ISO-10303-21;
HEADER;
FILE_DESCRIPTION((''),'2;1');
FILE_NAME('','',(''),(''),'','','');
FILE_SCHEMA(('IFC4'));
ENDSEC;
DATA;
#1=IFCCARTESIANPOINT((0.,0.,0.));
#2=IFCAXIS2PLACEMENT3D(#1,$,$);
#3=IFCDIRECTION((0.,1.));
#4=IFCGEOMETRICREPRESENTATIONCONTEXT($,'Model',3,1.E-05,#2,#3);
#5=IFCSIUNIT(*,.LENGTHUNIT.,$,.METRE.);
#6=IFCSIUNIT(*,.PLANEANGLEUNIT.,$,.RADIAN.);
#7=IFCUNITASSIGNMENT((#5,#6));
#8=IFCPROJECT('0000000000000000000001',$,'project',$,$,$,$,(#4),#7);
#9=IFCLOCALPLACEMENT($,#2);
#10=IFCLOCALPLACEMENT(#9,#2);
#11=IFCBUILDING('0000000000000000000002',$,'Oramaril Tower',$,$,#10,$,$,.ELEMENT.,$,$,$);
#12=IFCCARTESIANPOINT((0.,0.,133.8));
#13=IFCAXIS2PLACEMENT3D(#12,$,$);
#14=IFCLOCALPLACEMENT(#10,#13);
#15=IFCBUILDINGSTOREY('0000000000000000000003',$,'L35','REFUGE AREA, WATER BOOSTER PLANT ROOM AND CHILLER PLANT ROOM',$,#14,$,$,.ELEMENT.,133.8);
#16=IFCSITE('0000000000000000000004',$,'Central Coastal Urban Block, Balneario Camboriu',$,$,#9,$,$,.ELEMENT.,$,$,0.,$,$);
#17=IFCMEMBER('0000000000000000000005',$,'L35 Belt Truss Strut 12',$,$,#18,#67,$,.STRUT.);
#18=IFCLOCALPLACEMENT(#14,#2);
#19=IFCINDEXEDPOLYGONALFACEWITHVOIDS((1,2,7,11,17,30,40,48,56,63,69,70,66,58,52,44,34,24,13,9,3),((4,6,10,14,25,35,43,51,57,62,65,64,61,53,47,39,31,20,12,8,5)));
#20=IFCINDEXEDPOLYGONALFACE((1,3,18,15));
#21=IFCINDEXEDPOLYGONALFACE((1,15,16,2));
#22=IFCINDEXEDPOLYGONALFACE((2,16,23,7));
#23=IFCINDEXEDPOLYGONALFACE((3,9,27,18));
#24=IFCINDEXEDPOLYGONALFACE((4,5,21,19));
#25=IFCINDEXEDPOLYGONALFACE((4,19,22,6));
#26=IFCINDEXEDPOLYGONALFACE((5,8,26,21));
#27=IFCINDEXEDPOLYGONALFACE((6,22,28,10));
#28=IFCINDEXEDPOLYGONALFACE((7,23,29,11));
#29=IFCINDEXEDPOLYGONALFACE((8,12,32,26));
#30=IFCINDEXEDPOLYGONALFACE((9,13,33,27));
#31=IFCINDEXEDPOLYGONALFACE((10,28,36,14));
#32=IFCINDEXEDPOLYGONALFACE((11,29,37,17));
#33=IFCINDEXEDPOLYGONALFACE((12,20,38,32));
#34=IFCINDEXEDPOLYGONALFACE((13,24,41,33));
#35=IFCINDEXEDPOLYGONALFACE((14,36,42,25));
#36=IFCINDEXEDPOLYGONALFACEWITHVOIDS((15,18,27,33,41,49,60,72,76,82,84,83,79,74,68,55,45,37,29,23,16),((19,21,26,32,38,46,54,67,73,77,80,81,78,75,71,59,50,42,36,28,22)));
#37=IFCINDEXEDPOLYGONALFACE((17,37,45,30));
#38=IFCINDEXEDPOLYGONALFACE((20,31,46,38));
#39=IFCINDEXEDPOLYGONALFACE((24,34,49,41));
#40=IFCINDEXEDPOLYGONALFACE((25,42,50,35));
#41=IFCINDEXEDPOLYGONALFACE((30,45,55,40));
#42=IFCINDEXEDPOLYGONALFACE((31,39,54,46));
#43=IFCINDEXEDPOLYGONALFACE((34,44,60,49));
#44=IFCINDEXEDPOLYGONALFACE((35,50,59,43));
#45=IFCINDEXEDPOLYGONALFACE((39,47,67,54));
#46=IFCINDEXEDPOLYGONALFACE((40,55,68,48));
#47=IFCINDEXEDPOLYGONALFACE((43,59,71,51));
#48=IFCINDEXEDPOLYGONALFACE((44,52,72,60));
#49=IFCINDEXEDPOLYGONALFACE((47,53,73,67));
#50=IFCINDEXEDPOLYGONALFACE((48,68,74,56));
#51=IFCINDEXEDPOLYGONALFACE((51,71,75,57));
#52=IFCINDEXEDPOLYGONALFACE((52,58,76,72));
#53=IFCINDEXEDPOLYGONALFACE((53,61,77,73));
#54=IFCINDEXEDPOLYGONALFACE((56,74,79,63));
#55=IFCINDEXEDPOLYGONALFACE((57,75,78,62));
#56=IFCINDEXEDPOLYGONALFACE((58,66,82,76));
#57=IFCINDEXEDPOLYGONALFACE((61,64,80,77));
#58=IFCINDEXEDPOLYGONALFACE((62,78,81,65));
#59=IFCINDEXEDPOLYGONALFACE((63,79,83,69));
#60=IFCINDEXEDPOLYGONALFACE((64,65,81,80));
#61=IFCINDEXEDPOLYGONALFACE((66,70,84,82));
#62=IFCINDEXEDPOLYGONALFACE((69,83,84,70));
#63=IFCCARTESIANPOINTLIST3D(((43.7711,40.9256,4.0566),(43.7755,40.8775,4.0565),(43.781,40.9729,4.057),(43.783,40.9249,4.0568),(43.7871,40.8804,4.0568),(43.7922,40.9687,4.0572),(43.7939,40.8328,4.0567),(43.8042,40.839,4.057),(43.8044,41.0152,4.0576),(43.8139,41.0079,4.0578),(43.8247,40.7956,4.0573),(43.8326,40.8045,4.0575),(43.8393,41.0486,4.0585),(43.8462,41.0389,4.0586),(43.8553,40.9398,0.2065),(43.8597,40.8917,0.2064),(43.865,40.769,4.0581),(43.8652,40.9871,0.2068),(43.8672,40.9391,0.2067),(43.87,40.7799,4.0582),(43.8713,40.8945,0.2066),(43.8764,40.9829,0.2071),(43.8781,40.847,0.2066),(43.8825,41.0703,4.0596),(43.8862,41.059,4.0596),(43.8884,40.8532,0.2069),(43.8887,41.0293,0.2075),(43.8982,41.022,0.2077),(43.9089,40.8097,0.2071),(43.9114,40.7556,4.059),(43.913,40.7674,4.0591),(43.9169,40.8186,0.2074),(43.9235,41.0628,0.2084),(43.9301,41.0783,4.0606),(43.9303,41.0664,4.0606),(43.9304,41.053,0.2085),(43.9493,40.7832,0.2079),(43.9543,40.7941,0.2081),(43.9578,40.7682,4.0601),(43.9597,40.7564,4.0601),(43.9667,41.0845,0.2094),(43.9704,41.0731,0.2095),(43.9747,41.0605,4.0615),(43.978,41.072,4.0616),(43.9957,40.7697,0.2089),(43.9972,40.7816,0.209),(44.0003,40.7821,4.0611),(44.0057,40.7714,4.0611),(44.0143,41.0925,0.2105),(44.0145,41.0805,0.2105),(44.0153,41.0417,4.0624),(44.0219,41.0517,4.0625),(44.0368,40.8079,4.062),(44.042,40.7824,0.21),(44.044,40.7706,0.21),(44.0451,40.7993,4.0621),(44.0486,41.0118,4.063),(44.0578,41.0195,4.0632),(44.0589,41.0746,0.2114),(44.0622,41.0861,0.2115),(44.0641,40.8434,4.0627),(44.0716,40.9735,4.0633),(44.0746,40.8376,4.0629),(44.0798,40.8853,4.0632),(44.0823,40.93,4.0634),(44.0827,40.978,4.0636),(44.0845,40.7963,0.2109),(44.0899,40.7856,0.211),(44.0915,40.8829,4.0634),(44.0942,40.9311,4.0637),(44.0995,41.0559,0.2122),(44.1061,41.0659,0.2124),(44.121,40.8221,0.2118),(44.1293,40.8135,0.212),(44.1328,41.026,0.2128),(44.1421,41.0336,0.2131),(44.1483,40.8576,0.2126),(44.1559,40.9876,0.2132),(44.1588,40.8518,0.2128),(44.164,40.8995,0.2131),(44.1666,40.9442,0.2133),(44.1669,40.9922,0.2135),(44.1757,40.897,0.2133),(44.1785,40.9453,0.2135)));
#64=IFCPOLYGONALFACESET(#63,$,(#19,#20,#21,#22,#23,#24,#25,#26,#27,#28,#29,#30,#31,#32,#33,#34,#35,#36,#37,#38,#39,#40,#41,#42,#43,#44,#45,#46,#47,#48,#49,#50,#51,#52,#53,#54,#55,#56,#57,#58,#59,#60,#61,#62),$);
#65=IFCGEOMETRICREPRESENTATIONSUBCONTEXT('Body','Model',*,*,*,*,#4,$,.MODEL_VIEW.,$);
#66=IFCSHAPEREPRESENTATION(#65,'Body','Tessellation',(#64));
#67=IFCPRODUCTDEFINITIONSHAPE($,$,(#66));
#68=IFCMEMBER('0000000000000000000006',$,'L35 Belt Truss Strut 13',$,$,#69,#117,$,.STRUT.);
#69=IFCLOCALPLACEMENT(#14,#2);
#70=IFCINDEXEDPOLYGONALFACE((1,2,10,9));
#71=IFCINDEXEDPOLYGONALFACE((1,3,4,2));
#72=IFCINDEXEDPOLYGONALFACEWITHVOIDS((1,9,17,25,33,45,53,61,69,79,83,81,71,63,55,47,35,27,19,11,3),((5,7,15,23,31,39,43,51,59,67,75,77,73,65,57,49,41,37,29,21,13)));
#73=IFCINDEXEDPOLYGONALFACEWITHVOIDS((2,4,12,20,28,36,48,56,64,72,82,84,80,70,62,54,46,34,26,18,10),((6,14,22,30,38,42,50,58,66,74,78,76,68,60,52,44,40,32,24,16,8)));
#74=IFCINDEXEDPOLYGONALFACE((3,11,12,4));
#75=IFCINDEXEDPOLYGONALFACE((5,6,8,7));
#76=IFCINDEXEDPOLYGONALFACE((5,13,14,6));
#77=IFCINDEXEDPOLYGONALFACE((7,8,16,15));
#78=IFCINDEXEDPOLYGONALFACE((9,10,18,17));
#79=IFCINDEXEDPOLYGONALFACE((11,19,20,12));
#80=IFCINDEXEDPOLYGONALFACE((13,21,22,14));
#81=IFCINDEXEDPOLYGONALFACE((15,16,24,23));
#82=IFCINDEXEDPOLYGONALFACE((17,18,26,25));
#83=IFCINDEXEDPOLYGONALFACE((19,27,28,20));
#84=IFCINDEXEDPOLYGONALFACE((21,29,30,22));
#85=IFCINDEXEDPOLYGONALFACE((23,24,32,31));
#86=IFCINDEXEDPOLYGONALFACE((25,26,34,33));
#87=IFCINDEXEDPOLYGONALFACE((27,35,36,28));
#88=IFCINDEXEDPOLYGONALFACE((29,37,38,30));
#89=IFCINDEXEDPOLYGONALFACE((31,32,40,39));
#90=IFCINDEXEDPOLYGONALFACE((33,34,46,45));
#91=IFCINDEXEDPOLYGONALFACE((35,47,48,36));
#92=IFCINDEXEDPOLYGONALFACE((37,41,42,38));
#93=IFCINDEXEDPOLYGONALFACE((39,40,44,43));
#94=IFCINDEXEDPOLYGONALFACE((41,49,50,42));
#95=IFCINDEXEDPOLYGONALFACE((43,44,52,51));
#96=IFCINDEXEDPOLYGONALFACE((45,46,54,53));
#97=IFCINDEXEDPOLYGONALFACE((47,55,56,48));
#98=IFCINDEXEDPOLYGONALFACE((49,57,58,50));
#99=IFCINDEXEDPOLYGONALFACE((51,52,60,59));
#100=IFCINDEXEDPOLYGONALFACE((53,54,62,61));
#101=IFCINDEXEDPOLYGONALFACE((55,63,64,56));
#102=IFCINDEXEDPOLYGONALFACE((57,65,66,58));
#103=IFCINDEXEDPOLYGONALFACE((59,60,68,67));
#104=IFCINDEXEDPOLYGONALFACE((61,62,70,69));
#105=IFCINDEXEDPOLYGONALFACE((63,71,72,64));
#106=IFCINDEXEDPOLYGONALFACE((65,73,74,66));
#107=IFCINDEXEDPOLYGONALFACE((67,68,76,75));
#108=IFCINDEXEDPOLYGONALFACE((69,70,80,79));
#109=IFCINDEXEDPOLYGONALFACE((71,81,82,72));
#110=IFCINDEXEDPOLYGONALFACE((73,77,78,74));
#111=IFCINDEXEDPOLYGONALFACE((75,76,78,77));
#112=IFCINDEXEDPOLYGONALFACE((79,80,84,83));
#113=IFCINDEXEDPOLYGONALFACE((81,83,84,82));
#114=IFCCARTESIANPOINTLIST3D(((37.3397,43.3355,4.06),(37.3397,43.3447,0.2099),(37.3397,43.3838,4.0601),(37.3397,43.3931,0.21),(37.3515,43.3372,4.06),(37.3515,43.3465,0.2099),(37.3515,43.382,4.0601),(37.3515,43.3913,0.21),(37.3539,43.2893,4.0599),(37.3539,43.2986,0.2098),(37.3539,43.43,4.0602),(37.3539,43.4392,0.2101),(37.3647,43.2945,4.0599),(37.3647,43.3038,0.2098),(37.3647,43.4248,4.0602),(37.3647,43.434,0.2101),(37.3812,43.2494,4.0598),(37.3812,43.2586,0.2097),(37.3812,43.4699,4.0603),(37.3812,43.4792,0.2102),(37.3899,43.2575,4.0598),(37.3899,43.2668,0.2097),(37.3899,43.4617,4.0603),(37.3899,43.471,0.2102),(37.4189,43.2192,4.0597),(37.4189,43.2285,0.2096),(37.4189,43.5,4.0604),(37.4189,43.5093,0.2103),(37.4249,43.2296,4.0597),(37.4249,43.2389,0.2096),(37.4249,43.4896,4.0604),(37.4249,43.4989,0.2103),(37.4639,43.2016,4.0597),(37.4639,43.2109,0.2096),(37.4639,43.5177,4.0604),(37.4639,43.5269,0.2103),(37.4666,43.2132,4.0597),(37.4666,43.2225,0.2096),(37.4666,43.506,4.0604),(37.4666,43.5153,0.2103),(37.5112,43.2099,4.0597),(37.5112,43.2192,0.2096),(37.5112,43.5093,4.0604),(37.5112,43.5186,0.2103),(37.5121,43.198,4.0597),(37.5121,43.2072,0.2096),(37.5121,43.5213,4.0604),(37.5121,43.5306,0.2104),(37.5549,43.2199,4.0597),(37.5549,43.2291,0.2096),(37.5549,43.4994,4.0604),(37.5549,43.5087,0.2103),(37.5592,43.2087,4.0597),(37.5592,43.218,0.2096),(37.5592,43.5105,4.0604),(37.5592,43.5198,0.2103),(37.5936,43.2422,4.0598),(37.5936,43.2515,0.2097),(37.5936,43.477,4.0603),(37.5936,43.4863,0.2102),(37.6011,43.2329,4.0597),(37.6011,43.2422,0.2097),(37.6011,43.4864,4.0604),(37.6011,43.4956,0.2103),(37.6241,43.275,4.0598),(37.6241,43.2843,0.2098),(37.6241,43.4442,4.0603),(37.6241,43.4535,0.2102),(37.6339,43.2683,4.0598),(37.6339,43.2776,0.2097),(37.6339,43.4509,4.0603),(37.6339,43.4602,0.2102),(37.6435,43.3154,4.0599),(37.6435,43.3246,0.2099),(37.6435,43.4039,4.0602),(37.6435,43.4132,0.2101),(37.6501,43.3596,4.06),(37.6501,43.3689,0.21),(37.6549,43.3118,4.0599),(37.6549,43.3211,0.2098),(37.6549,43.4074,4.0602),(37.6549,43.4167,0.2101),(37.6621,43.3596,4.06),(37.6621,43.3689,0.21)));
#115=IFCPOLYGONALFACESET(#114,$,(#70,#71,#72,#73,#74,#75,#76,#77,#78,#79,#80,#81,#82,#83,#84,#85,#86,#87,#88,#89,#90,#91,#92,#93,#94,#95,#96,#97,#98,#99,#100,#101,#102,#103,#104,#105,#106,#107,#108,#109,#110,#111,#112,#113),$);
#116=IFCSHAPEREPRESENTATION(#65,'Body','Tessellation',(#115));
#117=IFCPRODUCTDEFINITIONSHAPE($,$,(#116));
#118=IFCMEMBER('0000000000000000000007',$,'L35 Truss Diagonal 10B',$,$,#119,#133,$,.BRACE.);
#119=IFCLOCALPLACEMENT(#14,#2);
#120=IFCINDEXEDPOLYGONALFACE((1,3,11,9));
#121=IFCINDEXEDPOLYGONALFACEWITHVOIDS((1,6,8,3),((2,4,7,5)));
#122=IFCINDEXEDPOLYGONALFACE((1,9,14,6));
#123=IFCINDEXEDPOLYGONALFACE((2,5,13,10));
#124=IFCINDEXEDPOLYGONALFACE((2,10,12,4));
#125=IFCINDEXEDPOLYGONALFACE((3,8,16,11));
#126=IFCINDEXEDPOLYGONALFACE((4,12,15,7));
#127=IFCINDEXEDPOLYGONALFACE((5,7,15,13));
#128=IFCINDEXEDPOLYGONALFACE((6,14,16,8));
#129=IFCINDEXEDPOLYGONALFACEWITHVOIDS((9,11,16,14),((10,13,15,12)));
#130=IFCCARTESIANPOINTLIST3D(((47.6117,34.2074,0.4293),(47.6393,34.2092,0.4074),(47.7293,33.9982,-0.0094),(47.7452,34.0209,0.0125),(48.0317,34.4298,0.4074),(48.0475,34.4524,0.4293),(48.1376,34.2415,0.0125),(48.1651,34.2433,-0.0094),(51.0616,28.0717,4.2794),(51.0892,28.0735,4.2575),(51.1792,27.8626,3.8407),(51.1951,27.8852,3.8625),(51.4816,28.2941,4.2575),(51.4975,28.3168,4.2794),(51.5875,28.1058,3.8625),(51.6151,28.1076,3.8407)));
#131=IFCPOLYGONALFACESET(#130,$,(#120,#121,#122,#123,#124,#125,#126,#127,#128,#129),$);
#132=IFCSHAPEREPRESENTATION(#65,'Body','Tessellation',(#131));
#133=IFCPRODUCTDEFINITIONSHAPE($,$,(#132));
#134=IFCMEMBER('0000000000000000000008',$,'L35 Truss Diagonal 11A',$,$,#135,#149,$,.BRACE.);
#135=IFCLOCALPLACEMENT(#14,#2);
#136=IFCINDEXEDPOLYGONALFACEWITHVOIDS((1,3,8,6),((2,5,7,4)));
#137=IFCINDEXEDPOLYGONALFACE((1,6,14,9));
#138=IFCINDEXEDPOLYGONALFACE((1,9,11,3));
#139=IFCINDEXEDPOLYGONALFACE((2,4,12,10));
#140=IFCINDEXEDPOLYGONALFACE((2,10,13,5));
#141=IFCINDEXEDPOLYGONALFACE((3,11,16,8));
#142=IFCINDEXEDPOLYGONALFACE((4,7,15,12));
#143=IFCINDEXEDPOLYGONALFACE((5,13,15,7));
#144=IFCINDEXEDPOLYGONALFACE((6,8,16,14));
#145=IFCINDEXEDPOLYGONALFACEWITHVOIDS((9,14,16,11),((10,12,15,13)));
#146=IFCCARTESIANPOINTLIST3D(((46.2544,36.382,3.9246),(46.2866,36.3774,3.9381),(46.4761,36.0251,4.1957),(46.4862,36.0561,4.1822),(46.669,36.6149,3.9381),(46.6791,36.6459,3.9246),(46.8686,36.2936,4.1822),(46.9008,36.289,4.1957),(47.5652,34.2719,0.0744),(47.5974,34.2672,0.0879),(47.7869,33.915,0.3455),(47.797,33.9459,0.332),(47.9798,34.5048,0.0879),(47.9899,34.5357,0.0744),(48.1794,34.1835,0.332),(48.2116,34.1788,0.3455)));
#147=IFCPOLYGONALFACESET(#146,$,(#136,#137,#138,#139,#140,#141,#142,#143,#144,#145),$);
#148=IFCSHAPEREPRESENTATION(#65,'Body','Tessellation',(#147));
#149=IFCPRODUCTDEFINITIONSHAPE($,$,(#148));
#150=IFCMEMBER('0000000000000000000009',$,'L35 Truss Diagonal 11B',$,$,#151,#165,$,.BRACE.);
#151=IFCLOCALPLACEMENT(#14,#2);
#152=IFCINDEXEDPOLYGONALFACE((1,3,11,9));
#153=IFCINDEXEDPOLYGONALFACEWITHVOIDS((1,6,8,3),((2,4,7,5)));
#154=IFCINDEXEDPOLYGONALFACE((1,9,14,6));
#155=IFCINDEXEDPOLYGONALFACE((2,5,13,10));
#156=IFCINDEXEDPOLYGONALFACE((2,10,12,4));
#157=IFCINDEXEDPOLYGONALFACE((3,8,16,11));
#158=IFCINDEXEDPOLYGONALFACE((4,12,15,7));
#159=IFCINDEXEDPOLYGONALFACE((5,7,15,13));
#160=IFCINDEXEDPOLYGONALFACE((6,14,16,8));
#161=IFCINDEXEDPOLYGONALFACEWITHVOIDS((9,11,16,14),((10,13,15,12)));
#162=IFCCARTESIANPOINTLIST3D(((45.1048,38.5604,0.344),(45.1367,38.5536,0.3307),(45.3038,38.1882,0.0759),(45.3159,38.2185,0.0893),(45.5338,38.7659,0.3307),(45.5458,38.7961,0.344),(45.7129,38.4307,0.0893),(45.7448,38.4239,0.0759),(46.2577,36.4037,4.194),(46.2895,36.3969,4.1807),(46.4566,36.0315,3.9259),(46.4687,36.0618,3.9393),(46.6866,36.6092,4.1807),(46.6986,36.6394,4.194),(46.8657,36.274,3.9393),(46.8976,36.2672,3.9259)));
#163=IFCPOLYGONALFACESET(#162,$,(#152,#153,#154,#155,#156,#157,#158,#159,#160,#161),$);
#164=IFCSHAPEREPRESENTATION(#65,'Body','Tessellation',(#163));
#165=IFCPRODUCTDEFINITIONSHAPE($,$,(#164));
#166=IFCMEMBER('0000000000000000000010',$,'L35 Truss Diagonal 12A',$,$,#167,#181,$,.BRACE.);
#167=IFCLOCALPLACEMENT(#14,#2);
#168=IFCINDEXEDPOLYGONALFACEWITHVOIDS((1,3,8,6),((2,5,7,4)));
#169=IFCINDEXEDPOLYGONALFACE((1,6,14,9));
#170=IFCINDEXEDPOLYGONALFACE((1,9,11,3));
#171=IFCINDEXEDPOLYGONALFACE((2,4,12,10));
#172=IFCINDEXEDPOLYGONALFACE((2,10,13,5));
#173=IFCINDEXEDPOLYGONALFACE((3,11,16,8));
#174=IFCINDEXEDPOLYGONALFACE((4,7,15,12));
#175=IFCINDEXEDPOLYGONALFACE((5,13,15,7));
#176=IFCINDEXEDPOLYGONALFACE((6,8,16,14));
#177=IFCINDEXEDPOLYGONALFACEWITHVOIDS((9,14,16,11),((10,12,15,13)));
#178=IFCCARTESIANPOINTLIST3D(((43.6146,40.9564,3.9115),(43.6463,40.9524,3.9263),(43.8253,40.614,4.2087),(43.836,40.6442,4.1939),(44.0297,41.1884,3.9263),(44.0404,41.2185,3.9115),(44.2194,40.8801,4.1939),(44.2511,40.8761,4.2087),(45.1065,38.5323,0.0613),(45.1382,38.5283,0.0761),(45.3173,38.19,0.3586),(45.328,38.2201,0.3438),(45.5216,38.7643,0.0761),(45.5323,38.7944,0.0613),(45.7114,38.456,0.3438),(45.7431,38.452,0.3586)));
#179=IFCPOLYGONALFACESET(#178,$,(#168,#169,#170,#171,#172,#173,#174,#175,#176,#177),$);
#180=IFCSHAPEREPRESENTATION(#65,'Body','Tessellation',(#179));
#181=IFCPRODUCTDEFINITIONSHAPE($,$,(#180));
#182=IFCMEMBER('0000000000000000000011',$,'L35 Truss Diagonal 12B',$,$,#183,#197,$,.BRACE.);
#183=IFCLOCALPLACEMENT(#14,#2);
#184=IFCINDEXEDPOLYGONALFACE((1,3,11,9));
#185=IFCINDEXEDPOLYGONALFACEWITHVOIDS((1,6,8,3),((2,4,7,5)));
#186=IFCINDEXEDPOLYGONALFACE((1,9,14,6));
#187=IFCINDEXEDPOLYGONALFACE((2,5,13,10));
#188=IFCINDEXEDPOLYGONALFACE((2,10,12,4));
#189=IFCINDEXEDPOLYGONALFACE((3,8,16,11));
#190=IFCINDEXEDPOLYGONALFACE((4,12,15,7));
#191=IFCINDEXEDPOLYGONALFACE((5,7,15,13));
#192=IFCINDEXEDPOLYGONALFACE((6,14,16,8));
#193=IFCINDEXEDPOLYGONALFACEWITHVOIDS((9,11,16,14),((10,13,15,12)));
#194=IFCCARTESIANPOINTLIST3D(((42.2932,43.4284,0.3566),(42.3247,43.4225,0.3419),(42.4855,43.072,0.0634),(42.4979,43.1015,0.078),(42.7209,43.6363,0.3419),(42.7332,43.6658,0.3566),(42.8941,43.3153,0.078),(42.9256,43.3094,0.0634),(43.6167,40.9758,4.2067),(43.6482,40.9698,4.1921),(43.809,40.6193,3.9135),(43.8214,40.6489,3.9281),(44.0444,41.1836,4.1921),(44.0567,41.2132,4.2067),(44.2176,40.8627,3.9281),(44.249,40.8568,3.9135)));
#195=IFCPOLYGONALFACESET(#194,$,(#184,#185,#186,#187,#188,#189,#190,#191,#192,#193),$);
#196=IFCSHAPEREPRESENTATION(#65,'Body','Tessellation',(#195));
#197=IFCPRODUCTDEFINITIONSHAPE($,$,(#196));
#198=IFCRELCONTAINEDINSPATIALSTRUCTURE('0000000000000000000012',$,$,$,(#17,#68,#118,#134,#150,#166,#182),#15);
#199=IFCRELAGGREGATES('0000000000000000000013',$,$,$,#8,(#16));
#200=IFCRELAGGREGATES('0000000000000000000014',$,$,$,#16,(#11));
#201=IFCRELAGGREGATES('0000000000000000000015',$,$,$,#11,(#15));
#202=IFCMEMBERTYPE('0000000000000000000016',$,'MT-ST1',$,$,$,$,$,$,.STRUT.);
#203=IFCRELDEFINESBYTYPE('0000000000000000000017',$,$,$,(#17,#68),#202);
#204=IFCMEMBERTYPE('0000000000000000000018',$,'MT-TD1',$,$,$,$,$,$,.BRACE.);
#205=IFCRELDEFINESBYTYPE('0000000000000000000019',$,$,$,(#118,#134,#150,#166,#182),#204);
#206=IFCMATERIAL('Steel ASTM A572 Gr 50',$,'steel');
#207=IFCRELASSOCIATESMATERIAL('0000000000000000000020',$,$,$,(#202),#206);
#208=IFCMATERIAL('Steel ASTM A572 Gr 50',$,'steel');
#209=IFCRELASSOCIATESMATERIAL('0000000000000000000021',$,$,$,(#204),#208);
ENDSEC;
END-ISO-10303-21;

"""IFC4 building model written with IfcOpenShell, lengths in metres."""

from ifc_helpers import new_model, si_unit, direction, frame, origin, origin_2d, place, context, subcontext, project, spatial, hollow_rectangle, hollow_circle, extrude, material, material_profile, profile_set, type_object, element, save


model = new_model("IFC4")

# Units and contexts
model_context = context("Model", 3, precision=1e-05, world=origin(), true_north=direction((0.0, 1.0)))
body_context = subcontext(model_context, "Body", "Model", "MODEL_VIEW")
ifc_project = project(units=[si_unit("LENGTHUNIT", "METRE"), si_unit("PLANEANGLEUNIT", "RADIAN")], contexts=[model_context])

# Site, building, storey
site_placement = place(None, origin())
site = spatial("IfcSite", under=ifc_project, at=site_placement, Name="Central Coastal Urban Block, Balneario Camboriu", CompositionType="ELEMENT", RefElevation=0.0)
building_placement = place(site_placement, origin())
building = spatial("IfcBuilding", under=site, at=building_placement, Name="Oramaril Tower", CompositionType="ELEMENT")
storey_placement = place(building_placement, frame((0.0, 0.0, 133.8)))
storey = spatial("IfcBuildingStorey", under=building, at=storey_placement, Name="L35", Description="REFUGE AREA, WATER BOOSTER PLANT ROOM AND CHILLER PLANT ROOM", CompositionType="ELEMENT", Elevation=133.8)

# Members
ifc_material_1 = material(Name="Steel ASTM A572 Gr 50", Category="steel")
ifc_material_profile_1 = material_profile(ifc_material_1, hollow_circle(Radius=0.1621, WallThickness=0.012, at=origin_2d()), Name="CHS324X12")
ifc_profile_set_1 = profile_set([ifc_material_profile_1], Name="Steel ASTM A572 Gr 50")
member_type_1 = type_object("IfcMemberType", Name="MT-ST1", PredefinedType="STRUT", material=ifc_profile_set_1)
for number, where, z_axis, x_axis, name in (
    (1, (44.0171, 40.9304, 0.21), (-0.021872, -0.003677, 0.999754), (0.165789, -0.986161, 0.0), "L35 Belt Truss Strut 12"),
):
    element("IfcMember", number, at=place(storey_placement, frame(where, z_axis=z_axis, x_axis=x_axis)), inside=storey, type_object=member_type_1, Name=name, PredefinedType="STRUT", context=body_context, shape_type="SweptSolid", body=[
        extrude(hollow_circle(Radius=0.1621, WallThickness=0.012, at=origin_2d()), origin(), (0.0, 0.0, 1.0), 3.8511),
    ])
member_1_placement = place(storey_placement, frame((37.5, 43.3689, 0.21), z_axis=(0.0, -0.00241, 0.999997), x_axis=(1.0, 0.0, 0.0)))
element("IfcMember", 2, at=member_1_placement, inside=storey, type_object=member_type_1, Name="L35 Belt Truss Strut 13", PredefinedType="STRUT", context=body_context, shape_type="SweptSolid", body=[
    extrude(hollow_circle(Radius=0.1621, WallThickness=0.012, at=origin_2d()), origin(), (0.0, 0.0, 1.0), 3.8501),
])
ifc_material_2 = material(Name="Steel ASTM A572 Gr 50", Category="steel")
ifc_material_profile_2 = material_profile(ifc_material_2, hollow_rectangle(XDim=0.5, YDim=0.5, WallThickness=0.0249, at=origin_2d()), Name="HSS500X500X25")
ifc_profile_set_2 = profile_set([ifc_material_profile_2], Name="Steel ASTM A572 Gr 50")
member_type_2 = type_object("IfcMemberType", Name="MT-TD1", PredefinedType="BRACE", material=ifc_profile_set_2)
member_2_placement = place(storey_placement, frame((47.8884, 34.2253, 0.21), z_axis=(0.429994, -0.764744, 0.479867), x_axis=(0.871661, 0.49011, 0.0)))
element("IfcMember", 3, at=member_2_placement, inside=storey, type_object=member_type_2, Name="L35 Truss Diagonal 10B", PredefinedType="BRACE", context=body_context, shape_type="SweptSolid", body=[
    extrude(hollow_rectangle(XDim=0.5, YDim=0.5, WallThickness=0.0249, at=origin_2d()), origin(), (0.0, 0.0, 1.0), 8.0232),
])
member_3_placement = place(storey_placement, frame((47.8884, 34.2253, 0.21), z_axis=(-0.286079, 0.460529, 0.840281), x_axis=(-0.849447, -0.527674, 0.0)))
element("IfcMember", 4, at=member_3_placement, inside=storey, type_object=member_type_2, Name="L35 Truss Diagonal 11A", PredefinedType="BRACE", context=body_context, shape_type="SweptSolid", body=[
    extrude(hollow_rectangle(XDim=0.5, YDim=0.5, WallThickness=0.0249, at=origin_2d()), origin(), (0.0, 0.0, 1.0), 4.582),
])
member_4_placement = place(storey_placement, frame((45.4248, 38.4922, 0.21), z_axis=(0.252752, -0.472853, 0.844113), x_axis=(0.881916, 0.471407, 0.0)))
element("IfcMember", 5, at=member_4_placement, inside=storey, type_object=member_type_2, Name="L35 Truss Diagonal 11B", PredefinedType="BRACE", context=body_context, shape_type="SweptSolid", body=[
    extrude(hollow_rectangle(XDim=0.5, YDim=0.5, WallThickness=0.0249, at=origin_2d()), origin(), (0.0, 0.0, 1.0), 4.561),
])
member_5_placement = place(storey_placement, frame((45.4248, 38.4922, 0.21), z_axis=(-0.311598, 0.506277, 0.804108), x_axis=(-0.851626, -0.52415, 0.0)))
element("IfcMember", 6, at=member_5_placement, inside=storey, type_object=member_type_2, Name="L35 Truss Diagonal 12A", PredefinedType="BRACE", context=body_context, shape_type="SweptSolid", body=[
    extrude(hollow_rectangle(XDim=0.5, YDim=0.5, WallThickness=0.0249, at=origin_2d()), origin(), (0.0, 0.0, 1.0), 4.7881),
])
member_6_placement = place(storey_placement, frame((42.6094, 43.3689, 0.21), z_axis=(0.278457, -0.516027, 0.810048), x_axis=(0.880046, 0.474888, 0.0)))
element("IfcMember", 7, at=member_6_placement, inside=storey, type_object=member_type_2, Name="L35 Truss Diagonal 12B", PredefinedType="BRACE", context=body_context, shape_type="SweptSolid", body=[
    extrude(hollow_rectangle(XDim=0.5, YDim=0.5, WallThickness=0.0249, at=origin_2d()), origin(), (0.0, 0.0, 1.0), 4.7529),
])

save(model, "model.ifc")
